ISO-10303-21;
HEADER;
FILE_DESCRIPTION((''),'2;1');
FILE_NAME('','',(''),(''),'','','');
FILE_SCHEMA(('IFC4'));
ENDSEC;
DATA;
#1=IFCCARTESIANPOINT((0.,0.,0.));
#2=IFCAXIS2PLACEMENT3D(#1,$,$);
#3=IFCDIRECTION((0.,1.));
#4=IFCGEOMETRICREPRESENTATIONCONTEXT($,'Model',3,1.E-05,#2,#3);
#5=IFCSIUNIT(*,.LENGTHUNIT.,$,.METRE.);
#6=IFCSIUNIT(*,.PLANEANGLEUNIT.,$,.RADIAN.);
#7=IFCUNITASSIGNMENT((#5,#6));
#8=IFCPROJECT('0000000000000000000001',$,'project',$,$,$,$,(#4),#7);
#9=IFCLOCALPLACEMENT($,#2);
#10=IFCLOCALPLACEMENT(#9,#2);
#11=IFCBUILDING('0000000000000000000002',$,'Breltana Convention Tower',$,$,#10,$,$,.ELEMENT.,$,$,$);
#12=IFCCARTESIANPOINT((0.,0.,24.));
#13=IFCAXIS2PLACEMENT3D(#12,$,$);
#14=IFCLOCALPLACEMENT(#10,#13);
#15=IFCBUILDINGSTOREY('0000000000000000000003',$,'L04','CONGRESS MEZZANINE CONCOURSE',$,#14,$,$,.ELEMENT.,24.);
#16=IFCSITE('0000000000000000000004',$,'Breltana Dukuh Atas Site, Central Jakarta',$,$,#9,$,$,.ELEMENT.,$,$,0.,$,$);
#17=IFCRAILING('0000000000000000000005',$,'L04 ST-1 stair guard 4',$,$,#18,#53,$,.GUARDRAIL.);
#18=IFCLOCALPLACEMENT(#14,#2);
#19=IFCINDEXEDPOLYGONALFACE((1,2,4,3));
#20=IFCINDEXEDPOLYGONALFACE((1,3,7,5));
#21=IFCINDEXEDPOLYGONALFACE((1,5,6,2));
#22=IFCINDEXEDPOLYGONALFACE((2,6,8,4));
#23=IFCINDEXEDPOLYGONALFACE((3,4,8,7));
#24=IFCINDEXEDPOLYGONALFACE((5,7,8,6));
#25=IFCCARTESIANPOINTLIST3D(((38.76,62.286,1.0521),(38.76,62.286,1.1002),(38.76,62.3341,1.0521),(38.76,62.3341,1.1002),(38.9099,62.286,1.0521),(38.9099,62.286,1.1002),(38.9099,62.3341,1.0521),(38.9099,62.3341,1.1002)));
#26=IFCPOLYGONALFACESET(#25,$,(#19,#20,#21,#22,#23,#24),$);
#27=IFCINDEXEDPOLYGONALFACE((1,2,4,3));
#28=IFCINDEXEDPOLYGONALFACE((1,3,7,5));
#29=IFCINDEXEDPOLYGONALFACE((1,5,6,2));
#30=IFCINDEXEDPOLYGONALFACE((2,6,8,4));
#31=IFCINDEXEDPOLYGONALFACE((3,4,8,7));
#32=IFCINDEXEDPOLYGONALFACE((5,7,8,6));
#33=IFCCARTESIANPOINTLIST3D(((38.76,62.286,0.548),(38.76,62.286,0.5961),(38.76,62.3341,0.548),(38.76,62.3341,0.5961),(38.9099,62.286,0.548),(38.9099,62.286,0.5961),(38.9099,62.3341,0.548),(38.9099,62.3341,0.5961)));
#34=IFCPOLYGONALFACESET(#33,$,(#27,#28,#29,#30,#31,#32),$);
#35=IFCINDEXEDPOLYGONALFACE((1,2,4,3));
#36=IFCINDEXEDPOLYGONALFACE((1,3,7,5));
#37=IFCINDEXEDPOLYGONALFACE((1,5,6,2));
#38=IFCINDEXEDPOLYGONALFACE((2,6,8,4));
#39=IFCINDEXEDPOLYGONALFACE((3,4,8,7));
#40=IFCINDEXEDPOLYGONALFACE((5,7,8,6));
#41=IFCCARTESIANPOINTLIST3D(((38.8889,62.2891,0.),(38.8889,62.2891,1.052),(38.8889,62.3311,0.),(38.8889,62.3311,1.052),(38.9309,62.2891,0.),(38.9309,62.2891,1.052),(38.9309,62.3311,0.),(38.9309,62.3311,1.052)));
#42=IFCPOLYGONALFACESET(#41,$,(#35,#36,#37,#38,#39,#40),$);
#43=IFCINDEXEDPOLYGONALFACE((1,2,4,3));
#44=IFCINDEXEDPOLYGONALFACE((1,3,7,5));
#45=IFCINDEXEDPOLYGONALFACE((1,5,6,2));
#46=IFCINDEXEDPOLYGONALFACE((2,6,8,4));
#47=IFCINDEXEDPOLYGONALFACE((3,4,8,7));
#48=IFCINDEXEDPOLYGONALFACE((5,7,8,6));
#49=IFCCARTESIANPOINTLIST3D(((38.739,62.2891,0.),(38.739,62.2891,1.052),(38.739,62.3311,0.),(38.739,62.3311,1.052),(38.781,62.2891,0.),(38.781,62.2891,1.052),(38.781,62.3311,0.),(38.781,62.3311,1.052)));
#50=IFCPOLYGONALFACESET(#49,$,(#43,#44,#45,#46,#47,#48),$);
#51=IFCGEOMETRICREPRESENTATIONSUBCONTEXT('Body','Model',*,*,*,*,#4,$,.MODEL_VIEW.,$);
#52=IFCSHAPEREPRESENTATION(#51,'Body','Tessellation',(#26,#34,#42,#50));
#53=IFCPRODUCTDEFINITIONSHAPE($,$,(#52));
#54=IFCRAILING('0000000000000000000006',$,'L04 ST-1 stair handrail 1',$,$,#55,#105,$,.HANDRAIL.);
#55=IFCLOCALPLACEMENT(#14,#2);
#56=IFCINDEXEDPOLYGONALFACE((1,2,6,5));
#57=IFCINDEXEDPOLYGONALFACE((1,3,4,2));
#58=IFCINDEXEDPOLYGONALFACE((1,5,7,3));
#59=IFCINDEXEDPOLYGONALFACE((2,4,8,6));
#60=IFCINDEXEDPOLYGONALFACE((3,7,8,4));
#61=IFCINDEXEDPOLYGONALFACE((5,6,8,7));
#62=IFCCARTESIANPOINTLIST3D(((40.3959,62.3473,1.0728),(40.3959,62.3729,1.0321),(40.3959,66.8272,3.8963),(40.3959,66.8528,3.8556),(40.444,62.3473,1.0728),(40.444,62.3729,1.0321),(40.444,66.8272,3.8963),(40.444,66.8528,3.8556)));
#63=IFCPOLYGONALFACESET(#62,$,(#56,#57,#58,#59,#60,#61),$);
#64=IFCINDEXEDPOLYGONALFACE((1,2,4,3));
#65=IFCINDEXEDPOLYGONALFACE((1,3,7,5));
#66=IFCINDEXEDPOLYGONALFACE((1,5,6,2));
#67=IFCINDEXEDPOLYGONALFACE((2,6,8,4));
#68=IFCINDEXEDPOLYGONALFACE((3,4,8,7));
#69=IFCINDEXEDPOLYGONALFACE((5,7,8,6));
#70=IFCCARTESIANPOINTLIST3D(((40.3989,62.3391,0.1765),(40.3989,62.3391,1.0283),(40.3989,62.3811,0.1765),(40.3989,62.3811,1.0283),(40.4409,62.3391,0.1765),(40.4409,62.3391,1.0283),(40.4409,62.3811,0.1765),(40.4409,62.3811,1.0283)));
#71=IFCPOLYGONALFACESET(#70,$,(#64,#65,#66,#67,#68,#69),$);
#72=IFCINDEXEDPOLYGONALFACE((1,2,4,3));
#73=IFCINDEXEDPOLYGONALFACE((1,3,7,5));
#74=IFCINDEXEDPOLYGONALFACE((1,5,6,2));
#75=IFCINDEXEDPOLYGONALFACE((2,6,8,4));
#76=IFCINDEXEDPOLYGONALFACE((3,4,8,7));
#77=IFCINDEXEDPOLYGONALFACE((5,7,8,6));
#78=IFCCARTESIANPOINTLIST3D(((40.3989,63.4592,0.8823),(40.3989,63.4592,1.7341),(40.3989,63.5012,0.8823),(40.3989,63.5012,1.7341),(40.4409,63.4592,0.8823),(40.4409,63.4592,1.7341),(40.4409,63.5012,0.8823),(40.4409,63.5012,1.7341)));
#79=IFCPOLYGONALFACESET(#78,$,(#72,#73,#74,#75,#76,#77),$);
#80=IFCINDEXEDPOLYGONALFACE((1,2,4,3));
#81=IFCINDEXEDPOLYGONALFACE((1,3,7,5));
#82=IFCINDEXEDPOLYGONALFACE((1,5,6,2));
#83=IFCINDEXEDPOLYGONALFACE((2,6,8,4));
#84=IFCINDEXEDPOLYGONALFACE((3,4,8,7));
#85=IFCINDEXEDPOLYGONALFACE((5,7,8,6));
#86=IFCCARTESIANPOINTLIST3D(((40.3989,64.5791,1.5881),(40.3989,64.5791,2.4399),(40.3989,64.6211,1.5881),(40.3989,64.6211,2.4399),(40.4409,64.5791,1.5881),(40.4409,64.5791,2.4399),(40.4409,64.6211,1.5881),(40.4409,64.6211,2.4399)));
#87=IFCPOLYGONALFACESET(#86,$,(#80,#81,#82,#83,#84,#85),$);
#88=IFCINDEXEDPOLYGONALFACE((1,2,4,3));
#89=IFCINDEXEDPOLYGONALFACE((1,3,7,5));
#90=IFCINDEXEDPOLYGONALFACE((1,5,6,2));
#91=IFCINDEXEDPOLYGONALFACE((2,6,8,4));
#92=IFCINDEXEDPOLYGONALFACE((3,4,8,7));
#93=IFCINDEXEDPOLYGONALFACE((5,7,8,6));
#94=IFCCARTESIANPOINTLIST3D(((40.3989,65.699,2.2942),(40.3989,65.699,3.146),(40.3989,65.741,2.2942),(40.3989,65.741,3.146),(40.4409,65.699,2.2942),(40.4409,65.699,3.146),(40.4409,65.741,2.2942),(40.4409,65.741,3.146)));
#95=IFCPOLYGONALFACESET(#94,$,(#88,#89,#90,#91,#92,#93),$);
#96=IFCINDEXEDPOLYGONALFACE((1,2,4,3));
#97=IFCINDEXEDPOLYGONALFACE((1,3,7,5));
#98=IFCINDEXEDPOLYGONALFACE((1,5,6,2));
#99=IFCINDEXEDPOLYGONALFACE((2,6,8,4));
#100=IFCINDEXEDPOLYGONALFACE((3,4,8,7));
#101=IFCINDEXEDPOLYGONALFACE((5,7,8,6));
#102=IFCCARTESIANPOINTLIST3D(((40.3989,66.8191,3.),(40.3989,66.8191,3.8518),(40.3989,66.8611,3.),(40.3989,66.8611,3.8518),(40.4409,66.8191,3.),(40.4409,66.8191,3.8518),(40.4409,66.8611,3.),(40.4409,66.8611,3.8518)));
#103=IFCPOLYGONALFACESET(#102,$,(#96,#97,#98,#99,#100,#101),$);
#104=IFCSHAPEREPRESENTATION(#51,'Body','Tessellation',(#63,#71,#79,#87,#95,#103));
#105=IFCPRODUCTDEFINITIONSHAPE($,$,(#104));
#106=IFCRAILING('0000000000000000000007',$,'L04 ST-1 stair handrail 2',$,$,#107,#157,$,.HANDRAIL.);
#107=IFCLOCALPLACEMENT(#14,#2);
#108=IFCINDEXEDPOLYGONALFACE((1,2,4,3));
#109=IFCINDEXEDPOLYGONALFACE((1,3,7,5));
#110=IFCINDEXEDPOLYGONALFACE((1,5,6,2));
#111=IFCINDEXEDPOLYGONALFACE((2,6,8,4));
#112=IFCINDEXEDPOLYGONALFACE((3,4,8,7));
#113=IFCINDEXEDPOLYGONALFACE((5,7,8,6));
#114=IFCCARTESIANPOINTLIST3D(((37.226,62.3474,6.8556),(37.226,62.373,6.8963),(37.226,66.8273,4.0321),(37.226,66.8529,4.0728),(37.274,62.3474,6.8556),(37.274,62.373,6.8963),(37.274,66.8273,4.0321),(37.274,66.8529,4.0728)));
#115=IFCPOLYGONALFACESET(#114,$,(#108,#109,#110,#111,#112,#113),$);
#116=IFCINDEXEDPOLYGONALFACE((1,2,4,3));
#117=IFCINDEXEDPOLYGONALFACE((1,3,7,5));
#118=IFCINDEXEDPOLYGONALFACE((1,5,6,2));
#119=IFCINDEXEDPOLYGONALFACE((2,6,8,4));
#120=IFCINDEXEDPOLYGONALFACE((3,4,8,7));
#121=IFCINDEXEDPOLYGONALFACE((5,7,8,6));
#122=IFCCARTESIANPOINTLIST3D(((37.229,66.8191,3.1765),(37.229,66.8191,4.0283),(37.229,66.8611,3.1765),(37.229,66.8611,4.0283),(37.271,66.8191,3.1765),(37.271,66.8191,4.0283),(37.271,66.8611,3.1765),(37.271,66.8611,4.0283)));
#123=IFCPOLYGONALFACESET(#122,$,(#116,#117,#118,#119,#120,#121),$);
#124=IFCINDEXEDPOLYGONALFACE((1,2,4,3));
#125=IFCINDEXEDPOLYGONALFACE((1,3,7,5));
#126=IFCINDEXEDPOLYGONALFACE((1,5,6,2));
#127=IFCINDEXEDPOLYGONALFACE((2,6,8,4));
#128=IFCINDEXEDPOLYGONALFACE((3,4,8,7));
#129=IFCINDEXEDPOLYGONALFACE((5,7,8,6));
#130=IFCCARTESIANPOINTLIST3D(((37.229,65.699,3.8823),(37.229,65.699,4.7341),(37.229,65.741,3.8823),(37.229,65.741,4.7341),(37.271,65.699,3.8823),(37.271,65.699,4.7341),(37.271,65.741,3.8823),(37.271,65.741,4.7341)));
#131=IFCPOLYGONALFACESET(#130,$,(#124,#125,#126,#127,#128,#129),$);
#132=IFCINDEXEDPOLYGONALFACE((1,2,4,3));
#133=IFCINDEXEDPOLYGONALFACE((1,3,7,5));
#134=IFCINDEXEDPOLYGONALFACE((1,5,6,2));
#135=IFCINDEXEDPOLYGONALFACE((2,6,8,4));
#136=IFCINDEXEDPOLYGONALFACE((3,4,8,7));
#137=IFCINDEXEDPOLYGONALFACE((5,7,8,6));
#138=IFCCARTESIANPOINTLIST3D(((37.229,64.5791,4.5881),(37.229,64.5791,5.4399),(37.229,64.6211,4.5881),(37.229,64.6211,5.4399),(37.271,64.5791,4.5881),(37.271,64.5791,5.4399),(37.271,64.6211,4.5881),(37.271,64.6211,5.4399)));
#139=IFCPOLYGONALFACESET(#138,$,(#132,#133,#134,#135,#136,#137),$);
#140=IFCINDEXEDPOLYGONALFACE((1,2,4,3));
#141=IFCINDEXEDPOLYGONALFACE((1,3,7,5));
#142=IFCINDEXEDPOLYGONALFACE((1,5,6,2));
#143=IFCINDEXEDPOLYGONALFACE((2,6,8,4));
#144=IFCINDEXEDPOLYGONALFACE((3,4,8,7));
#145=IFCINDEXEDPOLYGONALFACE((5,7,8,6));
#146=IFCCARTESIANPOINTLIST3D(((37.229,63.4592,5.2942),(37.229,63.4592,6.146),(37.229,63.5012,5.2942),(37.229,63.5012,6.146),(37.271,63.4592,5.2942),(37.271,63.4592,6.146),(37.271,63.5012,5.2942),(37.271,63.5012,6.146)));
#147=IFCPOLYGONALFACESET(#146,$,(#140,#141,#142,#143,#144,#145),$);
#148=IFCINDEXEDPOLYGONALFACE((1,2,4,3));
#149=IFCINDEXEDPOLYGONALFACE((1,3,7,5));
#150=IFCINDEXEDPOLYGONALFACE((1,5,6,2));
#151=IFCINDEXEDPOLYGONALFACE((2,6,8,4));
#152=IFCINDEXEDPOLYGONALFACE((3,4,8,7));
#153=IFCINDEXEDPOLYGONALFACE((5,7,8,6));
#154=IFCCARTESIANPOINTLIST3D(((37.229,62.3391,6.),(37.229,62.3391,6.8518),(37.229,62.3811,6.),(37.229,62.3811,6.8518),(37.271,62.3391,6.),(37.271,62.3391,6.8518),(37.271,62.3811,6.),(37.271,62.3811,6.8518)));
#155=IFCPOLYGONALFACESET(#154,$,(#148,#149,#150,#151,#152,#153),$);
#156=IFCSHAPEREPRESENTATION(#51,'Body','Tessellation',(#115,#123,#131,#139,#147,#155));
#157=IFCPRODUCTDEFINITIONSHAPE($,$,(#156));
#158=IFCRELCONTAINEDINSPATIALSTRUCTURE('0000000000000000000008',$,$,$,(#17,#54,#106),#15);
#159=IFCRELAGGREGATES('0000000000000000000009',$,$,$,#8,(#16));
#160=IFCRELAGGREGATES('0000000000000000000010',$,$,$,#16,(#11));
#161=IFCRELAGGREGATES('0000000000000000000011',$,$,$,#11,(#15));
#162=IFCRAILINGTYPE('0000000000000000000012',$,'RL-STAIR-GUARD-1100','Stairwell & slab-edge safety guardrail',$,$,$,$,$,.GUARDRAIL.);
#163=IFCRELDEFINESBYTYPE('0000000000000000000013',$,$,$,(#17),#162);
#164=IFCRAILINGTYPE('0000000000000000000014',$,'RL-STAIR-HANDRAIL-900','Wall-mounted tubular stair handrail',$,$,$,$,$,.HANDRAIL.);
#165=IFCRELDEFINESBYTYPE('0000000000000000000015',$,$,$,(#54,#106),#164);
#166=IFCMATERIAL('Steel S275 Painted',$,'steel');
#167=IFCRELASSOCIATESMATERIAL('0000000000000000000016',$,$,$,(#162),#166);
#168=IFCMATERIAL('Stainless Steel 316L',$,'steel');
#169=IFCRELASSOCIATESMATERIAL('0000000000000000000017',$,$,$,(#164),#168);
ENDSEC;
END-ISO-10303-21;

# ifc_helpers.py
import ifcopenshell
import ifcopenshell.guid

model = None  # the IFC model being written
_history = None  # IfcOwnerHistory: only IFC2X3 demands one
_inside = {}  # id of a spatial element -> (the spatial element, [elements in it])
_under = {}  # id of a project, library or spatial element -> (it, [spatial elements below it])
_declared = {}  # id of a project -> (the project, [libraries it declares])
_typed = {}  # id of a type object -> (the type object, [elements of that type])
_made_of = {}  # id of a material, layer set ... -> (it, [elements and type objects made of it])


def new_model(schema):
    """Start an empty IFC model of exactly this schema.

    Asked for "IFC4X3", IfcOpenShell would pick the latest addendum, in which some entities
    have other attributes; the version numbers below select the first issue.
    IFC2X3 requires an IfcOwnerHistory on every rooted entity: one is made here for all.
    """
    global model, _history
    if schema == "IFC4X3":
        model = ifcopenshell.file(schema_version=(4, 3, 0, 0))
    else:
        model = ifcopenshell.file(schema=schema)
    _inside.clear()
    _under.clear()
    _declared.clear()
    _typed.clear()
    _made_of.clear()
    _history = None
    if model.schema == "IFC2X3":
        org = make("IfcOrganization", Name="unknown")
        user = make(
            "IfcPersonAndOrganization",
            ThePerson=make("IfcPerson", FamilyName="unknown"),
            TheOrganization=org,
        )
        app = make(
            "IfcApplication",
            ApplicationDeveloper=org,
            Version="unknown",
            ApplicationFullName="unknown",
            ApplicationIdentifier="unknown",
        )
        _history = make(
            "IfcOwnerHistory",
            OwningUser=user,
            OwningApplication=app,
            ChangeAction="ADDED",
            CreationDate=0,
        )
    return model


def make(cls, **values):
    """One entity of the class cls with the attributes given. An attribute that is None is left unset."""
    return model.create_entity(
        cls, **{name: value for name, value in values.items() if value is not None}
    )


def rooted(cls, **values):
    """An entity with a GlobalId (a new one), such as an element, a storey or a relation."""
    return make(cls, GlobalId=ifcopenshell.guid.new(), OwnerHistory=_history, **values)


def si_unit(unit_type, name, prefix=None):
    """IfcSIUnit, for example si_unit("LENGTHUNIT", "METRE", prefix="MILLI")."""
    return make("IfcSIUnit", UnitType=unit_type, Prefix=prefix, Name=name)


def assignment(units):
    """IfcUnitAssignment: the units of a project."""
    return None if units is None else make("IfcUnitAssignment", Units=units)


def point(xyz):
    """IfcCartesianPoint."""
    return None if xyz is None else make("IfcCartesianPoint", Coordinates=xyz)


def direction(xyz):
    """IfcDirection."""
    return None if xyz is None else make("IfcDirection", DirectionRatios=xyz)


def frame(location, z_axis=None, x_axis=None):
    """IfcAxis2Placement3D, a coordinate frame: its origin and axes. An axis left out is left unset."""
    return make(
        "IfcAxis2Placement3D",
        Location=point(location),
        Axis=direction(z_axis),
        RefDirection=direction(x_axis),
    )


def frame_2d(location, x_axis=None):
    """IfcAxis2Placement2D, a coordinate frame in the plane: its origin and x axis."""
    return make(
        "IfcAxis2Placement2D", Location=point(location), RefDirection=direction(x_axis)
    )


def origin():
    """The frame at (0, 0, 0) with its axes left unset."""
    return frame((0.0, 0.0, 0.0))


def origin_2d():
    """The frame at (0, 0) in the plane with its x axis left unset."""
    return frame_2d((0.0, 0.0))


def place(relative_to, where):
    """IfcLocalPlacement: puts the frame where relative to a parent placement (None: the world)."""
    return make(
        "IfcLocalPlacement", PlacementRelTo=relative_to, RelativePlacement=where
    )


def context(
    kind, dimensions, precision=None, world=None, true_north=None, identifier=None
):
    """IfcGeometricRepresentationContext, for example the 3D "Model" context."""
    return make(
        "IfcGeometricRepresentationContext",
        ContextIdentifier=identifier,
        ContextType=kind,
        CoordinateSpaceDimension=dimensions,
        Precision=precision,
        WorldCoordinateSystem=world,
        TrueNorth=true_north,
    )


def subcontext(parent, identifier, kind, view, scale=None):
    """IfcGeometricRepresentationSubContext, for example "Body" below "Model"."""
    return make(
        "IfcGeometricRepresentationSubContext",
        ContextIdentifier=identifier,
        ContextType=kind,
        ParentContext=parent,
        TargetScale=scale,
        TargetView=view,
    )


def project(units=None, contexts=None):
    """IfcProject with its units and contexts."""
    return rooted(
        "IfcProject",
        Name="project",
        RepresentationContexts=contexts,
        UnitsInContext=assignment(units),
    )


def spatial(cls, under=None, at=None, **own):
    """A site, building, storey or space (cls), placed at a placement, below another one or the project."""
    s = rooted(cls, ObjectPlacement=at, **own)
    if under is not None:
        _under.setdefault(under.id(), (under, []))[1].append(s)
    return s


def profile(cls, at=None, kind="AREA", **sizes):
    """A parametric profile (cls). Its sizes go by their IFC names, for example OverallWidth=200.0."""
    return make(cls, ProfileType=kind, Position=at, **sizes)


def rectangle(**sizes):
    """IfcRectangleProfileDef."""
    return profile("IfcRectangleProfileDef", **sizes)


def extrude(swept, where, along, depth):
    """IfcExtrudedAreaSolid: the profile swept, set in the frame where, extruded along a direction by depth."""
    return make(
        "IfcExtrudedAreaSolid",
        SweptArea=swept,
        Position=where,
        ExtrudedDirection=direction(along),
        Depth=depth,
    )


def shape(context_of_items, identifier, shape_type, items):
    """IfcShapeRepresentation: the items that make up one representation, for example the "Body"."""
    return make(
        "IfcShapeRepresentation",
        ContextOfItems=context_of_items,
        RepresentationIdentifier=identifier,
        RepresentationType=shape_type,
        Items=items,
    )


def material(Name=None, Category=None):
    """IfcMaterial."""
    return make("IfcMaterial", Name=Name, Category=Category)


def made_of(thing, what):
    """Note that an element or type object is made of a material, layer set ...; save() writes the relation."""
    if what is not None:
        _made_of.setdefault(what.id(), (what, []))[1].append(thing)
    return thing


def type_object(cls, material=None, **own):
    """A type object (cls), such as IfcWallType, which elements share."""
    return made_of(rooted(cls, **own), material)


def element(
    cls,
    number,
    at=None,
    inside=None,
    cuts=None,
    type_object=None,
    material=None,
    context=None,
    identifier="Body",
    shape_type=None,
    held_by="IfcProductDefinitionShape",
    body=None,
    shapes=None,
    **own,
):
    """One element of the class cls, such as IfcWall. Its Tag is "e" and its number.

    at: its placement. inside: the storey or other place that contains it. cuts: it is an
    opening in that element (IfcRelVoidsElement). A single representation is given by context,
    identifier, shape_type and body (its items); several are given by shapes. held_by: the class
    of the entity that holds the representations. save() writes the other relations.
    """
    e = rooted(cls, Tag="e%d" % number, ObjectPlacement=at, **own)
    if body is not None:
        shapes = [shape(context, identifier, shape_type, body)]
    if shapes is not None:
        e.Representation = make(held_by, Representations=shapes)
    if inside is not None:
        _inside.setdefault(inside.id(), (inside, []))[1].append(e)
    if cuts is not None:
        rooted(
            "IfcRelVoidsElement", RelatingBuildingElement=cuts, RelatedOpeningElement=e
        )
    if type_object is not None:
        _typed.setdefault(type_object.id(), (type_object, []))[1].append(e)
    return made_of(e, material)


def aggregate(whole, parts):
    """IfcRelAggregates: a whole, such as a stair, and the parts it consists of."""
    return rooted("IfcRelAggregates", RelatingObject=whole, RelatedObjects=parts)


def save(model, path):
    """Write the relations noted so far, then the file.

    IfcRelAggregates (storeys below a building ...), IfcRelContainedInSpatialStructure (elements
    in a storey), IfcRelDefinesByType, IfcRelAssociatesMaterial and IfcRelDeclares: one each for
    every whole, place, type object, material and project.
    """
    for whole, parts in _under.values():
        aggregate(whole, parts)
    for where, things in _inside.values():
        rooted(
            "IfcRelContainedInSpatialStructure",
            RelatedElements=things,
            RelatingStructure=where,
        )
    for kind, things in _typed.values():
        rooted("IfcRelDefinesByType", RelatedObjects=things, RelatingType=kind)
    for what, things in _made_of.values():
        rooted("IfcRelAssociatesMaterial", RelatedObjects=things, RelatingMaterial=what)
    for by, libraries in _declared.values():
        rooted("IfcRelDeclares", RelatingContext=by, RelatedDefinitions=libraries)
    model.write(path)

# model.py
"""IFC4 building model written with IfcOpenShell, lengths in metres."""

from ifc_helpers import new_model, si_unit, direction, frame, origin, origin_2d, place, context, subcontext, project, spatial, rectangle, extrude, material, type_object, element, save


model = new_model("IFC4")

# Units and contexts
model_context = context("Model", 3, precision=1e-05, world=origin(), true_north=direction((0.0, 1.0)))
body_context = subcontext(model_context, "Body", "Model", "MODEL_VIEW")
ifc_project = project(units=[si_unit("LENGTHUNIT", "METRE"), si_unit("PLANEANGLEUNIT", "RADIAN")], contexts=[model_context])

# Site, building, storey
site_placement = place(None, origin())
site = spatial("IfcSite", under=ifc_project, at=site_placement, Name="Breltana Dukuh Atas Site, Central Jakarta", CompositionType="ELEMENT", RefElevation=0.0)
building_placement = place(site_placement, origin())
building = spatial("IfcBuilding", under=site, at=building_placement, Name="Breltana Convention Tower", CompositionType="ELEMENT")
storey_placement = place(building_placement, frame((0.0, 0.0, 24.0)))
storey = spatial("IfcBuildingStorey", under=building, at=storey_placement, Name="L04", Description="CONGRESS MEZZANINE CONCOURSE", CompositionType="ELEMENT", Elevation=24.0)

# Railings
ifc_material_1 = material(Name="Steel S275 Painted", Category="steel")
railing_type_1 = type_object("IfcRailingType", Name="RL-STAIR-GUARD-1100", Description="Stairwell & slab-edge safety guardrail", PredefinedType="GUARDRAIL", material=ifc_material_1)
railing_1_placement = place(storey_placement, frame((38.9099, 62.3101, 0.0)))
element("IfcRailing", 1, at=railing_1_placement, inside=storey, type_object=railing_type_1, Name="L04 ST-1 stair guard 4", PredefinedType="GUARDRAIL", context=body_context, shape_type="SweptSolid", body=[
    extrude(rectangle(XDim=0.0481, YDim=0.0481, at=origin_2d()), frame((0.0, 0.0, 1.0762), z_axis=(-1.0, 0.0, 0.0), x_axis=(0.0, -1.0, 0.0)), (0.0, 0.0, 1.0), 0.1499),
    extrude(rectangle(XDim=0.0481, YDim=0.0481, at=origin_2d()), frame((0.0, 0.0, 0.572), z_axis=(-1.0, 0.0, 0.0), x_axis=(0.0, -1.0, 0.0)), (0.0, 0.0, 1.0), 0.1499),
    extrude(rectangle(XDim=0.042, YDim=0.042, at=origin_2d()), origin(), (0.0, 0.0, 1.0), 1.052),
    extrude(rectangle(XDim=0.042, YDim=0.042, at=origin_2d()), frame((-0.1499, 0.0, 0.0)), (0.0, 0.0, 1.0), 1.052),
])
ifc_material_2 = material(Name="Stainless Steel 316L", Category="steel")
railing_type_2 = type_object("IfcRailingType", Name="RL-STAIR-HANDRAIL-900", Description="Wall-mounted tubular stair handrail", PredefinedType="HANDRAIL", material=ifc_material_2)
railing_2_placement = place(storey_placement, frame((40.4199, 62.3601, 0.1765)))
element("IfcRailing", 2, at=railing_2_placement, inside=storey, type_object=railing_type_2, Name="L04 ST-1 stair handrail 1", PredefinedType="HANDRAIL", context=body_context, shape_type="SweptSolid", body=[
    extrude(rectangle(XDim=0.0481, YDim=0.0481, at=origin_2d()), frame((0.0, 0.0, 0.876), z_axis=(0.0, 0.845998, 0.533186), x_axis=(-1.0, 0.0, 0.0)), (0.0, 0.0, 1.0), 5.2954),
    extrude(rectangle(XDim=0.042, YDim=0.042, at=origin_2d()), origin(), (0.0, 0.0, 1.0), 0.8518),
    extrude(rectangle(XDim=0.042, YDim=0.042, at=origin_2d()), frame((0.0, 1.1201, 0.7058)), (0.0, 0.0, 1.0), 0.8518),
    extrude(rectangle(XDim=0.042, YDim=0.042, at=origin_2d()), frame((0.0, 2.24, 1.4116)), (0.0, 0.0, 1.0), 0.8518),
    extrude(rectangle(XDim=0.042, YDim=0.042, at=origin_2d()), frame((0.0, 3.3599, 2.1177)), (0.0, 0.0, 1.0), 0.8518),
    extrude(rectangle(XDim=0.042, YDim=0.042, at=origin_2d()), frame((0.0, 4.48, 2.8235)), (0.0, 0.0, 1.0), 0.8518),
])
railing_3_placement = place(storey_placement, frame((37.25, 66.8401, 3.1765)))
element("IfcRailing", 3, at=railing_3_placement, inside=storey, type_object=railing_type_2, Name="L04 ST-1 stair handrail 2", PredefinedType="HANDRAIL", context=body_context, shape_type="SweptSolid", body=[
    extrude(rectangle(XDim=0.0481, YDim=0.0481, at=origin_2d()), frame((0.0, 0.0, 0.876), z_axis=(0.0, -0.845998, 0.533186), x_axis=(1.0, 0.0, 0.0)), (0.0, 0.0, 1.0), 5.2954),
    extrude(rectangle(XDim=0.042, YDim=0.042, at=origin_2d()), origin(), (0.0, 0.0, 1.0), 0.8518),
    extrude(rectangle(XDim=0.042, YDim=0.042, at=origin_2d()), frame((0.0, -1.1201, 0.7058)), (0.0, 0.0, 1.0), 0.8518),
    extrude(rectangle(XDim=0.042, YDim=0.042, at=origin_2d()), frame((0.0, -2.24, 1.4116)), (0.0, 0.0, 1.0), 0.8518),
    extrude(rectangle(XDim=0.042, YDim=0.042, at=origin_2d()), frame((0.0, -3.3599, 2.1177)), (0.0, 0.0, 1.0), 0.8518),
    extrude(rectangle(XDim=0.042, YDim=0.042, at=origin_2d()), frame((0.0, -4.48, 2.8235)), (0.0, 0.0, 1.0), 0.8518),
])

save(model, "model.ifc")
